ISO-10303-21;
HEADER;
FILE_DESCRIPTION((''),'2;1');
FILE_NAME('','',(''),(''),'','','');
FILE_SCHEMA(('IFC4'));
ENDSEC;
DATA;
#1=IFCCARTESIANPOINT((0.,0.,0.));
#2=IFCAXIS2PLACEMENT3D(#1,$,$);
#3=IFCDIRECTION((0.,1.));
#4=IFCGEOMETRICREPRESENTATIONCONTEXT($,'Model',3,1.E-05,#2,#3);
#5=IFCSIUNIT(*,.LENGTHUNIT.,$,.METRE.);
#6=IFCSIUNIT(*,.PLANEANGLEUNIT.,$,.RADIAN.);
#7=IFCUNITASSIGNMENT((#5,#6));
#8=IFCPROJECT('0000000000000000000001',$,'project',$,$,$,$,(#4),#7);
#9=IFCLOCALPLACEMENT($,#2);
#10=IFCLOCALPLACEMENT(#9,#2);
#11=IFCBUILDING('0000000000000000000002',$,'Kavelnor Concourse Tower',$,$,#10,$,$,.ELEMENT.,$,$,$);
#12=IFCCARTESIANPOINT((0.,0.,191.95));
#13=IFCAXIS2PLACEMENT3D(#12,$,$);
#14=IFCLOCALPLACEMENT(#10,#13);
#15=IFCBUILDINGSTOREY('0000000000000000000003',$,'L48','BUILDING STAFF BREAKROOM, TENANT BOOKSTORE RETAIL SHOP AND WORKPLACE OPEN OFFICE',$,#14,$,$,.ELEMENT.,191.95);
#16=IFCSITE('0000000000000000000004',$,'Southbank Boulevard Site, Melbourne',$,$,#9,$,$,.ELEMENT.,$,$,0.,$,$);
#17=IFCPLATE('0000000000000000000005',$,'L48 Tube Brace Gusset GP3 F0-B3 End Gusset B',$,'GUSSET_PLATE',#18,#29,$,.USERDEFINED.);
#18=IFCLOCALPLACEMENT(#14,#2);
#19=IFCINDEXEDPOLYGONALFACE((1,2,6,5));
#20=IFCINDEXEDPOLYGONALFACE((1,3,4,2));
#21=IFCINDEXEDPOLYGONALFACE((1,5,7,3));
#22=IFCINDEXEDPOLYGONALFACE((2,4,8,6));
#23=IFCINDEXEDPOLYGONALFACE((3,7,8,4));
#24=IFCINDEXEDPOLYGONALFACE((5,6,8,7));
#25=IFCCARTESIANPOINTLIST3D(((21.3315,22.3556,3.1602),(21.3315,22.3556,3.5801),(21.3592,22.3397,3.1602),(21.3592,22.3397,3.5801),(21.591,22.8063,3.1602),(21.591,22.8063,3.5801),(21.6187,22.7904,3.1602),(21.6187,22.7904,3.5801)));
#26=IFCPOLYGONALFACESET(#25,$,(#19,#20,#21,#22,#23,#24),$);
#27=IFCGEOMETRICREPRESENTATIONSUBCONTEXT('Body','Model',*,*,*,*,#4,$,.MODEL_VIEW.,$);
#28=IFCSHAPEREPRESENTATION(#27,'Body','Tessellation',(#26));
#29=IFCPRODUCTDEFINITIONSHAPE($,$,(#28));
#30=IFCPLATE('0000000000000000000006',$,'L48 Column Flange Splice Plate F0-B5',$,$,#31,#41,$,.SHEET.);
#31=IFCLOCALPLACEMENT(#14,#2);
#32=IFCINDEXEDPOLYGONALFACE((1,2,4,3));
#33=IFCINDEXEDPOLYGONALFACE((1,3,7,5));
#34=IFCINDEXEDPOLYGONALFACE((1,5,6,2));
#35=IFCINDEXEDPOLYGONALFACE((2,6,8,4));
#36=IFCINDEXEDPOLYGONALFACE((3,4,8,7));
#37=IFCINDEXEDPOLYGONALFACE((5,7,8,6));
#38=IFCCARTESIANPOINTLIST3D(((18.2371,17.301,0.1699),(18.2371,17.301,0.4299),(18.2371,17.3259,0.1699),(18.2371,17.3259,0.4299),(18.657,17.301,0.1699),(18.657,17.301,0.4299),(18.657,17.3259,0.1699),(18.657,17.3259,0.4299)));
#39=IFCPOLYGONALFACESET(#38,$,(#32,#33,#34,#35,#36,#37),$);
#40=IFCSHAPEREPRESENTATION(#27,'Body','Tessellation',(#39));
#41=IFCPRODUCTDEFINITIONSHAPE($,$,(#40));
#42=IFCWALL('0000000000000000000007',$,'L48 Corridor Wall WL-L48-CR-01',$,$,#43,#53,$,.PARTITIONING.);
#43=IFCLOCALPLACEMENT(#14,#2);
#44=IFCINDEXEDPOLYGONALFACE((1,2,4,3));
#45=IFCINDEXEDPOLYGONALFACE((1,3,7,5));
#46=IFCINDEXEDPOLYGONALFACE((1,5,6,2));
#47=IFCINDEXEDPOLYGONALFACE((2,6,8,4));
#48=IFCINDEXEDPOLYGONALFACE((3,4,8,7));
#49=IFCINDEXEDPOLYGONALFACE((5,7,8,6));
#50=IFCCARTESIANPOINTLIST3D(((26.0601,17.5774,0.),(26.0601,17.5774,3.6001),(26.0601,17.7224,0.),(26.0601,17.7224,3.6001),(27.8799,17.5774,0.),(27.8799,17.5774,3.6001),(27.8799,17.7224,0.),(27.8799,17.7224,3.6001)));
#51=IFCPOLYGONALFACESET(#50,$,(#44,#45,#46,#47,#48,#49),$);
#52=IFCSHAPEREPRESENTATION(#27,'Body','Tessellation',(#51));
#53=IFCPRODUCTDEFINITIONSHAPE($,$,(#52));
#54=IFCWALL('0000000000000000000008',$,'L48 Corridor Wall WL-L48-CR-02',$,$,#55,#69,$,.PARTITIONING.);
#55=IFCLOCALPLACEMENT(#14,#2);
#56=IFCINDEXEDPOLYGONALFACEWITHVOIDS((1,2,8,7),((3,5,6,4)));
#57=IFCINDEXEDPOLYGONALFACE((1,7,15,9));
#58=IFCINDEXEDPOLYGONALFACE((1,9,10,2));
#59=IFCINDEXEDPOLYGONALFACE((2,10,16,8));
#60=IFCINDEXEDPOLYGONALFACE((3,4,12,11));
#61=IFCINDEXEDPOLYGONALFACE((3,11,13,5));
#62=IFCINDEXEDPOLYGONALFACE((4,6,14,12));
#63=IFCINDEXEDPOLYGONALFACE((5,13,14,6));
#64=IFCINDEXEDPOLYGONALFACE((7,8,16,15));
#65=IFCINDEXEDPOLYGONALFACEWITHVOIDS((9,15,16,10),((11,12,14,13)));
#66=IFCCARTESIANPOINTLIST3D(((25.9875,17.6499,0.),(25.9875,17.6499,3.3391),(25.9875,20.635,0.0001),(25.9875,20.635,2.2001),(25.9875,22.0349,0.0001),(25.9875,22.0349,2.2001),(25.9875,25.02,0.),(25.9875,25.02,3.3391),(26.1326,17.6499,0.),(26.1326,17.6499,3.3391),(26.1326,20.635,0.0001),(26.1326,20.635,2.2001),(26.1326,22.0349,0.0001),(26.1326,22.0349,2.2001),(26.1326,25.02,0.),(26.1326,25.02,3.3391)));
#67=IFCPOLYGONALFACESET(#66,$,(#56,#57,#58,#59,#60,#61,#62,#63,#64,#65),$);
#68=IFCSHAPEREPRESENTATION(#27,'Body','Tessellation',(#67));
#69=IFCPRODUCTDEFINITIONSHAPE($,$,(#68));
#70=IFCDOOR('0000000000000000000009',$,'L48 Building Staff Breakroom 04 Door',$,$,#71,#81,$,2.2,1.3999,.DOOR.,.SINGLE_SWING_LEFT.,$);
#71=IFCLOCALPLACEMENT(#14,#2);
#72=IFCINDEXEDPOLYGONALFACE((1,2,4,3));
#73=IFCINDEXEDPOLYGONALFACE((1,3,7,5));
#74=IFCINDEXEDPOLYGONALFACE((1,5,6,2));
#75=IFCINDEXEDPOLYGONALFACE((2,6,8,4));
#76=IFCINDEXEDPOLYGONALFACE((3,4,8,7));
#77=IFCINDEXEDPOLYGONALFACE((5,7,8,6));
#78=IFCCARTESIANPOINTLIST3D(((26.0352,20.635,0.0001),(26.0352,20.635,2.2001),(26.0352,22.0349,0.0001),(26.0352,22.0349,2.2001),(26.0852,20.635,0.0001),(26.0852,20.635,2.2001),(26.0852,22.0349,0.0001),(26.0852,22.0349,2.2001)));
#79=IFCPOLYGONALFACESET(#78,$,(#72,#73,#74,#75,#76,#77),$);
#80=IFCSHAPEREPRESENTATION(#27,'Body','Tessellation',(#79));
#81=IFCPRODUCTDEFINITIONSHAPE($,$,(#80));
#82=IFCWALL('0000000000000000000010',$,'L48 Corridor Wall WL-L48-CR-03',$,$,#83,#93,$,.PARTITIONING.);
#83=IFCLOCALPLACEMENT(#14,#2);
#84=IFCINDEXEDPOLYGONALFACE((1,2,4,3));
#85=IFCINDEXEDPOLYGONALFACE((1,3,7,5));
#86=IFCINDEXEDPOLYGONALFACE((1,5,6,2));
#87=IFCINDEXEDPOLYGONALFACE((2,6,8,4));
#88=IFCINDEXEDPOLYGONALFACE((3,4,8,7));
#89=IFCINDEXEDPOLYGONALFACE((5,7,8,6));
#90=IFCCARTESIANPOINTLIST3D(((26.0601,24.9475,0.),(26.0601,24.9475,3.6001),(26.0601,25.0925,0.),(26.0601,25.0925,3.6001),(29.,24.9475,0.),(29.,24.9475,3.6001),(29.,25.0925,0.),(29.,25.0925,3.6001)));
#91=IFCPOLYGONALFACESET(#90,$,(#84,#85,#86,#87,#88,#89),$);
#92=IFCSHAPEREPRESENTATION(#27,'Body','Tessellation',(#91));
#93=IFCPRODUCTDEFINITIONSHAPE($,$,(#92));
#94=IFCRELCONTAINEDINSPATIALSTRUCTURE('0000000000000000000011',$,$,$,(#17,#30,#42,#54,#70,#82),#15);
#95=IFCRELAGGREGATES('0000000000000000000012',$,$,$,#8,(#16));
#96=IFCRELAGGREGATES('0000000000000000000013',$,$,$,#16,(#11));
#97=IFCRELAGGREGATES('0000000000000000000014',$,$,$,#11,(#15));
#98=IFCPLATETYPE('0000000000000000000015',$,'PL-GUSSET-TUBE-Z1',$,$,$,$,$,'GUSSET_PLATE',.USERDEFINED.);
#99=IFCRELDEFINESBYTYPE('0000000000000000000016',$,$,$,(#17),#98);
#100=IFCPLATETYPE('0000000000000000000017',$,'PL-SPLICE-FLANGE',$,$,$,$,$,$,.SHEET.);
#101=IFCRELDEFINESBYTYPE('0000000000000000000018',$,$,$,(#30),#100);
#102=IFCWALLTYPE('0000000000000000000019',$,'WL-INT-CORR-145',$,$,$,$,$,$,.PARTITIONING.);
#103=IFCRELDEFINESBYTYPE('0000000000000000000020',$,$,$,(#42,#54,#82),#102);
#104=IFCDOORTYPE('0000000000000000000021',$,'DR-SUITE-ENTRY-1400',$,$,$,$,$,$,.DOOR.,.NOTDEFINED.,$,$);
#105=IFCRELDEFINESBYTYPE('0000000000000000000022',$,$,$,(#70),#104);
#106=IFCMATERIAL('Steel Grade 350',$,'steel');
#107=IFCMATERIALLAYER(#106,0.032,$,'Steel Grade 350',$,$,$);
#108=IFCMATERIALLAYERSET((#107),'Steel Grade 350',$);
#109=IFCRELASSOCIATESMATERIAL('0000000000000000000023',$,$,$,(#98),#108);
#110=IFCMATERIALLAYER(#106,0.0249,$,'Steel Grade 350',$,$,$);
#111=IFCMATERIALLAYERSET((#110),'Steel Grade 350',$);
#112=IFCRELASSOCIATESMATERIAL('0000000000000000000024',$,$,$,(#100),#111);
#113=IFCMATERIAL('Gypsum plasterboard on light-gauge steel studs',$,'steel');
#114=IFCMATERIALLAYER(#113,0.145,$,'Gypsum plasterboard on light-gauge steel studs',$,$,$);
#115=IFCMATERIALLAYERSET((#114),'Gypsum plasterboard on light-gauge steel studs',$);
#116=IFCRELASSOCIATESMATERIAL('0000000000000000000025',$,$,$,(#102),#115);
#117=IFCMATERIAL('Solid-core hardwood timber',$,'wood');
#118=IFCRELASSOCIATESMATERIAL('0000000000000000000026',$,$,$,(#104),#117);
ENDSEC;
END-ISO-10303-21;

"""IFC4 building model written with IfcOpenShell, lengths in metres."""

from ifc_helpers import new_model, si_unit, direction, frame, frame_2d, origin, origin_2d, place, context, subcontext, project, spatial, rectangle, extrude, material, layer, layer_set, type_object, element, fill, save


model = new_model("IFC4")

# Units and contexts
model_context = context("Model", 3, precision=1e-05, world=origin(), true_north=direction((0.0, 1.0)))
body_context = subcontext(model_context, "Body", "Model", "MODEL_VIEW")
ifc_project = project(units=[si_unit("LENGTHUNIT", "METRE"), si_unit("PLANEANGLEUNIT", "RADIAN")], contexts=[model_context])

# Site, building, storey
site_placement = place(None, origin())
site = spatial("IfcSite", under=ifc_project, at=site_placement, Name="Southbank Boulevard Site, Melbourne", CompositionType="ELEMENT", RefElevation=0.0)
building_placement = place(site_placement, origin())
building = spatial("IfcBuilding", under=site, at=building_placement, Name="Kavelnor Concourse Tower", CompositionType="ELEMENT")
storey_placement = place(building_placement, frame((0.0, 0.0, 191.95)))
storey = spatial("IfcBuildingStorey", under=building, at=storey_placement, Name="L48", Description="BUILDING STAFF BREAKROOM, TENANT BOOKSTORE RETAIL SHOP AND WORKPLACE OPEN OFFICE", CompositionType="ELEMENT", Elevation=191.95)

# Shared definitions
ifc_material_1 = material(Name="Steel Grade 350", Category="steel")

# Plates
ifc_layer_1 = layer(ifc_material_1, 0.032, Name="Steel Grade 350")
ifc_layer_set_1 = layer_set([ifc_layer_1], Name="Steel Grade 350")
plate_type_1 = type_object("IfcPlateType", Name="PL-GUSSET-TUBE-Z1", ElementType="GUSSET_PLATE", PredefinedType="USERDEFINED", material=ifc_layer_set_1)
plate_1_placement = place(storey_placement, frame((21.4751, 22.573, 3.1602), z_axis=(0.0, 0.0, 1.0), x_axis=(-0.498942, -0.866636, 0.0)))
element("IfcPlate", 1, at=plate_1_placement, inside=storey, type_object=plate_type_1, Name="L48 Tube Brace Gusset GP3 F0-B3 End Gusset B", ObjectType="GUSSET_PLATE", PredefinedType="USERDEFINED", context=body_context, shape_type="SweptSolid", body=[
    extrude(rectangle(XDim=0.52, YDim=0.032, at=origin_2d()), origin(), (0.0, 0.0, 1.0), 0.4199),
])
ifc_layer_2 = layer(ifc_material_1, 0.0249, Name="Steel Grade 350")
ifc_layer_set_2 = layer_set([ifc_layer_2], Name="Steel Grade 350")
plate_type_2 = type_object("IfcPlateType", Name="PL-SPLICE-FLANGE", PredefinedType="SHEET", material=ifc_layer_set_2)
plate_2_placement = place(storey_placement, frame((18.447, 17.3135, 0.1699), z_axis=(0.0, 0.0, 1.0), x_axis=(1.0, 0.0, 0.0)))
element("IfcPlate", 2, at=plate_2_placement, inside=storey, type_object=plate_type_2, Name="L48 Column Flange Splice Plate F0-B5", PredefinedType="SHEET", context=body_context, shape_type="SweptSolid", body=[
    extrude(rectangle(XDim=0.4199, YDim=0.0249, at=origin_2d()), origin(), (0.0, 0.0, 1.0), 0.26),
])

# Wall
ifc_material_2 = material(Name="Gypsum plasterboard on light-gauge steel studs", Category="steel")
ifc_layer_3 = layer(ifc_material_2, 0.145, Name="Gypsum plasterboard on light-gauge steel studs")
ifc_layer_set_3 = layer_set([ifc_layer_3], Name="Gypsum plasterboard on light-gauge steel studs")
wall_type_1 = type_object("IfcWallType", Name="WL-INT-CORR-145", PredefinedType="PARTITIONING", material=ifc_layer_set_3)
wall_1_placement = place(storey_placement, frame((27.8799, 17.6499, 0.0), z_axis=(0.0, 0.0, 1.0), x_axis=(-1.0, 0.0, 0.0)))
element("IfcWall", 3, at=wall_1_placement, inside=storey, type_object=wall_type_1, Name="L48 Corridor Wall WL-L48-CR-01", PredefinedType="PARTITIONING", context=body_context, shape_type="SweptSolid", body=[
    extrude(rectangle(XDim=1.8198, YDim=0.145, at=frame_2d((0.9099, 0.0))), origin(), (0.0, 0.0, 1.0), 3.6001),
])

# Wall, opening, door
wall_2_placement = place(storey_placement, frame((26.0601, 17.6499, 0.0), z_axis=(0.0, 0.0, 1.0), x_axis=(0.0, 1.0, 0.0)))
wall_2 = element("IfcWall", 4, at=wall_2_placement, inside=storey, type_object=wall_type_1, Name="L48 Corridor Wall WL-L48-CR-02", PredefinedType="PARTITIONING", context=body_context, shape_type="SweptSolid", body=[
    extrude(rectangle(XDim=7.3701, YDim=0.145, at=frame_2d((3.6851, 0.0))), origin(), (0.0, 0.0, 1.0), 3.3391),
])
opening_1_placement = place(wall_2_placement, frame((2.9851, 0.0, 0.0)))
opening_1 = element("IfcOpeningElement", 5, at=opening_1_placement, cuts=wall_2, PredefinedType="OPENING", context=body_context, shape_type="SweptSolid", body=[
    extrude(rectangle(XDim=1.3999, YDim=2.2, at=frame_2d((0.7, 1.1001))), frame((0.0, 0.0825, 0.0), z_axis=(0.0, -1.0, 0.0), x_axis=(1.0, 0.0, 0.0)), (0.0, 0.0, 1.0), 0.165),
])
ifc_material_3 = material(Name="Solid-core hardwood timber", Category="wood")
door_type_1 = type_object("IfcDoorType", Name="DR-SUITE-ENTRY-1400", OperationType="NOTDEFINED", PredefinedType="DOOR", material=ifc_material_3)
door_1_placement = place(opening_1_placement, origin())
door_1 = element("IfcDoor", 6, at=door_1_placement, inside=storey, type_object=door_type_1, Name="L48 Building Staff Breakroom 04 Door", OperationType="SINGLE_SWING_LEFT", OverallHeight=2.2, OverallWidth=1.3999, PredefinedType="DOOR", context=body_context, shape_type="SweptSolid", body=[
    extrude(rectangle(XDim=1.3999, YDim=2.2, at=frame_2d((0.7, 1.1001))), frame((0.0, 0.0249, 0.0), z_axis=(0.0, -1.0, 0.0), x_axis=(1.0, 0.0, 0.0)), (0.0, 0.0, 1.0), 0.05),
])
fill(opening_1, door_1)

# Wall
wall_3_placement = place(storey_placement, frame((26.0601, 25.02, 0.0), z_axis=(0.0, 0.0, 1.0), x_axis=(1.0, 0.0, 0.0)))
element("IfcWall", 7, at=wall_3_placement, inside=storey, type_object=wall_type_1, Name="L48 Corridor Wall WL-L48-CR-03", PredefinedType="PARTITIONING", context=body_context, shape_type="SweptSolid", body=[
    extrude(rectangle(XDim=2.9399, YDim=0.145, at=frame_2d((1.47, 0.0))), origin(), (0.0, 0.0, 1.0), 3.6001),
])

save(model, "model.ifc")
